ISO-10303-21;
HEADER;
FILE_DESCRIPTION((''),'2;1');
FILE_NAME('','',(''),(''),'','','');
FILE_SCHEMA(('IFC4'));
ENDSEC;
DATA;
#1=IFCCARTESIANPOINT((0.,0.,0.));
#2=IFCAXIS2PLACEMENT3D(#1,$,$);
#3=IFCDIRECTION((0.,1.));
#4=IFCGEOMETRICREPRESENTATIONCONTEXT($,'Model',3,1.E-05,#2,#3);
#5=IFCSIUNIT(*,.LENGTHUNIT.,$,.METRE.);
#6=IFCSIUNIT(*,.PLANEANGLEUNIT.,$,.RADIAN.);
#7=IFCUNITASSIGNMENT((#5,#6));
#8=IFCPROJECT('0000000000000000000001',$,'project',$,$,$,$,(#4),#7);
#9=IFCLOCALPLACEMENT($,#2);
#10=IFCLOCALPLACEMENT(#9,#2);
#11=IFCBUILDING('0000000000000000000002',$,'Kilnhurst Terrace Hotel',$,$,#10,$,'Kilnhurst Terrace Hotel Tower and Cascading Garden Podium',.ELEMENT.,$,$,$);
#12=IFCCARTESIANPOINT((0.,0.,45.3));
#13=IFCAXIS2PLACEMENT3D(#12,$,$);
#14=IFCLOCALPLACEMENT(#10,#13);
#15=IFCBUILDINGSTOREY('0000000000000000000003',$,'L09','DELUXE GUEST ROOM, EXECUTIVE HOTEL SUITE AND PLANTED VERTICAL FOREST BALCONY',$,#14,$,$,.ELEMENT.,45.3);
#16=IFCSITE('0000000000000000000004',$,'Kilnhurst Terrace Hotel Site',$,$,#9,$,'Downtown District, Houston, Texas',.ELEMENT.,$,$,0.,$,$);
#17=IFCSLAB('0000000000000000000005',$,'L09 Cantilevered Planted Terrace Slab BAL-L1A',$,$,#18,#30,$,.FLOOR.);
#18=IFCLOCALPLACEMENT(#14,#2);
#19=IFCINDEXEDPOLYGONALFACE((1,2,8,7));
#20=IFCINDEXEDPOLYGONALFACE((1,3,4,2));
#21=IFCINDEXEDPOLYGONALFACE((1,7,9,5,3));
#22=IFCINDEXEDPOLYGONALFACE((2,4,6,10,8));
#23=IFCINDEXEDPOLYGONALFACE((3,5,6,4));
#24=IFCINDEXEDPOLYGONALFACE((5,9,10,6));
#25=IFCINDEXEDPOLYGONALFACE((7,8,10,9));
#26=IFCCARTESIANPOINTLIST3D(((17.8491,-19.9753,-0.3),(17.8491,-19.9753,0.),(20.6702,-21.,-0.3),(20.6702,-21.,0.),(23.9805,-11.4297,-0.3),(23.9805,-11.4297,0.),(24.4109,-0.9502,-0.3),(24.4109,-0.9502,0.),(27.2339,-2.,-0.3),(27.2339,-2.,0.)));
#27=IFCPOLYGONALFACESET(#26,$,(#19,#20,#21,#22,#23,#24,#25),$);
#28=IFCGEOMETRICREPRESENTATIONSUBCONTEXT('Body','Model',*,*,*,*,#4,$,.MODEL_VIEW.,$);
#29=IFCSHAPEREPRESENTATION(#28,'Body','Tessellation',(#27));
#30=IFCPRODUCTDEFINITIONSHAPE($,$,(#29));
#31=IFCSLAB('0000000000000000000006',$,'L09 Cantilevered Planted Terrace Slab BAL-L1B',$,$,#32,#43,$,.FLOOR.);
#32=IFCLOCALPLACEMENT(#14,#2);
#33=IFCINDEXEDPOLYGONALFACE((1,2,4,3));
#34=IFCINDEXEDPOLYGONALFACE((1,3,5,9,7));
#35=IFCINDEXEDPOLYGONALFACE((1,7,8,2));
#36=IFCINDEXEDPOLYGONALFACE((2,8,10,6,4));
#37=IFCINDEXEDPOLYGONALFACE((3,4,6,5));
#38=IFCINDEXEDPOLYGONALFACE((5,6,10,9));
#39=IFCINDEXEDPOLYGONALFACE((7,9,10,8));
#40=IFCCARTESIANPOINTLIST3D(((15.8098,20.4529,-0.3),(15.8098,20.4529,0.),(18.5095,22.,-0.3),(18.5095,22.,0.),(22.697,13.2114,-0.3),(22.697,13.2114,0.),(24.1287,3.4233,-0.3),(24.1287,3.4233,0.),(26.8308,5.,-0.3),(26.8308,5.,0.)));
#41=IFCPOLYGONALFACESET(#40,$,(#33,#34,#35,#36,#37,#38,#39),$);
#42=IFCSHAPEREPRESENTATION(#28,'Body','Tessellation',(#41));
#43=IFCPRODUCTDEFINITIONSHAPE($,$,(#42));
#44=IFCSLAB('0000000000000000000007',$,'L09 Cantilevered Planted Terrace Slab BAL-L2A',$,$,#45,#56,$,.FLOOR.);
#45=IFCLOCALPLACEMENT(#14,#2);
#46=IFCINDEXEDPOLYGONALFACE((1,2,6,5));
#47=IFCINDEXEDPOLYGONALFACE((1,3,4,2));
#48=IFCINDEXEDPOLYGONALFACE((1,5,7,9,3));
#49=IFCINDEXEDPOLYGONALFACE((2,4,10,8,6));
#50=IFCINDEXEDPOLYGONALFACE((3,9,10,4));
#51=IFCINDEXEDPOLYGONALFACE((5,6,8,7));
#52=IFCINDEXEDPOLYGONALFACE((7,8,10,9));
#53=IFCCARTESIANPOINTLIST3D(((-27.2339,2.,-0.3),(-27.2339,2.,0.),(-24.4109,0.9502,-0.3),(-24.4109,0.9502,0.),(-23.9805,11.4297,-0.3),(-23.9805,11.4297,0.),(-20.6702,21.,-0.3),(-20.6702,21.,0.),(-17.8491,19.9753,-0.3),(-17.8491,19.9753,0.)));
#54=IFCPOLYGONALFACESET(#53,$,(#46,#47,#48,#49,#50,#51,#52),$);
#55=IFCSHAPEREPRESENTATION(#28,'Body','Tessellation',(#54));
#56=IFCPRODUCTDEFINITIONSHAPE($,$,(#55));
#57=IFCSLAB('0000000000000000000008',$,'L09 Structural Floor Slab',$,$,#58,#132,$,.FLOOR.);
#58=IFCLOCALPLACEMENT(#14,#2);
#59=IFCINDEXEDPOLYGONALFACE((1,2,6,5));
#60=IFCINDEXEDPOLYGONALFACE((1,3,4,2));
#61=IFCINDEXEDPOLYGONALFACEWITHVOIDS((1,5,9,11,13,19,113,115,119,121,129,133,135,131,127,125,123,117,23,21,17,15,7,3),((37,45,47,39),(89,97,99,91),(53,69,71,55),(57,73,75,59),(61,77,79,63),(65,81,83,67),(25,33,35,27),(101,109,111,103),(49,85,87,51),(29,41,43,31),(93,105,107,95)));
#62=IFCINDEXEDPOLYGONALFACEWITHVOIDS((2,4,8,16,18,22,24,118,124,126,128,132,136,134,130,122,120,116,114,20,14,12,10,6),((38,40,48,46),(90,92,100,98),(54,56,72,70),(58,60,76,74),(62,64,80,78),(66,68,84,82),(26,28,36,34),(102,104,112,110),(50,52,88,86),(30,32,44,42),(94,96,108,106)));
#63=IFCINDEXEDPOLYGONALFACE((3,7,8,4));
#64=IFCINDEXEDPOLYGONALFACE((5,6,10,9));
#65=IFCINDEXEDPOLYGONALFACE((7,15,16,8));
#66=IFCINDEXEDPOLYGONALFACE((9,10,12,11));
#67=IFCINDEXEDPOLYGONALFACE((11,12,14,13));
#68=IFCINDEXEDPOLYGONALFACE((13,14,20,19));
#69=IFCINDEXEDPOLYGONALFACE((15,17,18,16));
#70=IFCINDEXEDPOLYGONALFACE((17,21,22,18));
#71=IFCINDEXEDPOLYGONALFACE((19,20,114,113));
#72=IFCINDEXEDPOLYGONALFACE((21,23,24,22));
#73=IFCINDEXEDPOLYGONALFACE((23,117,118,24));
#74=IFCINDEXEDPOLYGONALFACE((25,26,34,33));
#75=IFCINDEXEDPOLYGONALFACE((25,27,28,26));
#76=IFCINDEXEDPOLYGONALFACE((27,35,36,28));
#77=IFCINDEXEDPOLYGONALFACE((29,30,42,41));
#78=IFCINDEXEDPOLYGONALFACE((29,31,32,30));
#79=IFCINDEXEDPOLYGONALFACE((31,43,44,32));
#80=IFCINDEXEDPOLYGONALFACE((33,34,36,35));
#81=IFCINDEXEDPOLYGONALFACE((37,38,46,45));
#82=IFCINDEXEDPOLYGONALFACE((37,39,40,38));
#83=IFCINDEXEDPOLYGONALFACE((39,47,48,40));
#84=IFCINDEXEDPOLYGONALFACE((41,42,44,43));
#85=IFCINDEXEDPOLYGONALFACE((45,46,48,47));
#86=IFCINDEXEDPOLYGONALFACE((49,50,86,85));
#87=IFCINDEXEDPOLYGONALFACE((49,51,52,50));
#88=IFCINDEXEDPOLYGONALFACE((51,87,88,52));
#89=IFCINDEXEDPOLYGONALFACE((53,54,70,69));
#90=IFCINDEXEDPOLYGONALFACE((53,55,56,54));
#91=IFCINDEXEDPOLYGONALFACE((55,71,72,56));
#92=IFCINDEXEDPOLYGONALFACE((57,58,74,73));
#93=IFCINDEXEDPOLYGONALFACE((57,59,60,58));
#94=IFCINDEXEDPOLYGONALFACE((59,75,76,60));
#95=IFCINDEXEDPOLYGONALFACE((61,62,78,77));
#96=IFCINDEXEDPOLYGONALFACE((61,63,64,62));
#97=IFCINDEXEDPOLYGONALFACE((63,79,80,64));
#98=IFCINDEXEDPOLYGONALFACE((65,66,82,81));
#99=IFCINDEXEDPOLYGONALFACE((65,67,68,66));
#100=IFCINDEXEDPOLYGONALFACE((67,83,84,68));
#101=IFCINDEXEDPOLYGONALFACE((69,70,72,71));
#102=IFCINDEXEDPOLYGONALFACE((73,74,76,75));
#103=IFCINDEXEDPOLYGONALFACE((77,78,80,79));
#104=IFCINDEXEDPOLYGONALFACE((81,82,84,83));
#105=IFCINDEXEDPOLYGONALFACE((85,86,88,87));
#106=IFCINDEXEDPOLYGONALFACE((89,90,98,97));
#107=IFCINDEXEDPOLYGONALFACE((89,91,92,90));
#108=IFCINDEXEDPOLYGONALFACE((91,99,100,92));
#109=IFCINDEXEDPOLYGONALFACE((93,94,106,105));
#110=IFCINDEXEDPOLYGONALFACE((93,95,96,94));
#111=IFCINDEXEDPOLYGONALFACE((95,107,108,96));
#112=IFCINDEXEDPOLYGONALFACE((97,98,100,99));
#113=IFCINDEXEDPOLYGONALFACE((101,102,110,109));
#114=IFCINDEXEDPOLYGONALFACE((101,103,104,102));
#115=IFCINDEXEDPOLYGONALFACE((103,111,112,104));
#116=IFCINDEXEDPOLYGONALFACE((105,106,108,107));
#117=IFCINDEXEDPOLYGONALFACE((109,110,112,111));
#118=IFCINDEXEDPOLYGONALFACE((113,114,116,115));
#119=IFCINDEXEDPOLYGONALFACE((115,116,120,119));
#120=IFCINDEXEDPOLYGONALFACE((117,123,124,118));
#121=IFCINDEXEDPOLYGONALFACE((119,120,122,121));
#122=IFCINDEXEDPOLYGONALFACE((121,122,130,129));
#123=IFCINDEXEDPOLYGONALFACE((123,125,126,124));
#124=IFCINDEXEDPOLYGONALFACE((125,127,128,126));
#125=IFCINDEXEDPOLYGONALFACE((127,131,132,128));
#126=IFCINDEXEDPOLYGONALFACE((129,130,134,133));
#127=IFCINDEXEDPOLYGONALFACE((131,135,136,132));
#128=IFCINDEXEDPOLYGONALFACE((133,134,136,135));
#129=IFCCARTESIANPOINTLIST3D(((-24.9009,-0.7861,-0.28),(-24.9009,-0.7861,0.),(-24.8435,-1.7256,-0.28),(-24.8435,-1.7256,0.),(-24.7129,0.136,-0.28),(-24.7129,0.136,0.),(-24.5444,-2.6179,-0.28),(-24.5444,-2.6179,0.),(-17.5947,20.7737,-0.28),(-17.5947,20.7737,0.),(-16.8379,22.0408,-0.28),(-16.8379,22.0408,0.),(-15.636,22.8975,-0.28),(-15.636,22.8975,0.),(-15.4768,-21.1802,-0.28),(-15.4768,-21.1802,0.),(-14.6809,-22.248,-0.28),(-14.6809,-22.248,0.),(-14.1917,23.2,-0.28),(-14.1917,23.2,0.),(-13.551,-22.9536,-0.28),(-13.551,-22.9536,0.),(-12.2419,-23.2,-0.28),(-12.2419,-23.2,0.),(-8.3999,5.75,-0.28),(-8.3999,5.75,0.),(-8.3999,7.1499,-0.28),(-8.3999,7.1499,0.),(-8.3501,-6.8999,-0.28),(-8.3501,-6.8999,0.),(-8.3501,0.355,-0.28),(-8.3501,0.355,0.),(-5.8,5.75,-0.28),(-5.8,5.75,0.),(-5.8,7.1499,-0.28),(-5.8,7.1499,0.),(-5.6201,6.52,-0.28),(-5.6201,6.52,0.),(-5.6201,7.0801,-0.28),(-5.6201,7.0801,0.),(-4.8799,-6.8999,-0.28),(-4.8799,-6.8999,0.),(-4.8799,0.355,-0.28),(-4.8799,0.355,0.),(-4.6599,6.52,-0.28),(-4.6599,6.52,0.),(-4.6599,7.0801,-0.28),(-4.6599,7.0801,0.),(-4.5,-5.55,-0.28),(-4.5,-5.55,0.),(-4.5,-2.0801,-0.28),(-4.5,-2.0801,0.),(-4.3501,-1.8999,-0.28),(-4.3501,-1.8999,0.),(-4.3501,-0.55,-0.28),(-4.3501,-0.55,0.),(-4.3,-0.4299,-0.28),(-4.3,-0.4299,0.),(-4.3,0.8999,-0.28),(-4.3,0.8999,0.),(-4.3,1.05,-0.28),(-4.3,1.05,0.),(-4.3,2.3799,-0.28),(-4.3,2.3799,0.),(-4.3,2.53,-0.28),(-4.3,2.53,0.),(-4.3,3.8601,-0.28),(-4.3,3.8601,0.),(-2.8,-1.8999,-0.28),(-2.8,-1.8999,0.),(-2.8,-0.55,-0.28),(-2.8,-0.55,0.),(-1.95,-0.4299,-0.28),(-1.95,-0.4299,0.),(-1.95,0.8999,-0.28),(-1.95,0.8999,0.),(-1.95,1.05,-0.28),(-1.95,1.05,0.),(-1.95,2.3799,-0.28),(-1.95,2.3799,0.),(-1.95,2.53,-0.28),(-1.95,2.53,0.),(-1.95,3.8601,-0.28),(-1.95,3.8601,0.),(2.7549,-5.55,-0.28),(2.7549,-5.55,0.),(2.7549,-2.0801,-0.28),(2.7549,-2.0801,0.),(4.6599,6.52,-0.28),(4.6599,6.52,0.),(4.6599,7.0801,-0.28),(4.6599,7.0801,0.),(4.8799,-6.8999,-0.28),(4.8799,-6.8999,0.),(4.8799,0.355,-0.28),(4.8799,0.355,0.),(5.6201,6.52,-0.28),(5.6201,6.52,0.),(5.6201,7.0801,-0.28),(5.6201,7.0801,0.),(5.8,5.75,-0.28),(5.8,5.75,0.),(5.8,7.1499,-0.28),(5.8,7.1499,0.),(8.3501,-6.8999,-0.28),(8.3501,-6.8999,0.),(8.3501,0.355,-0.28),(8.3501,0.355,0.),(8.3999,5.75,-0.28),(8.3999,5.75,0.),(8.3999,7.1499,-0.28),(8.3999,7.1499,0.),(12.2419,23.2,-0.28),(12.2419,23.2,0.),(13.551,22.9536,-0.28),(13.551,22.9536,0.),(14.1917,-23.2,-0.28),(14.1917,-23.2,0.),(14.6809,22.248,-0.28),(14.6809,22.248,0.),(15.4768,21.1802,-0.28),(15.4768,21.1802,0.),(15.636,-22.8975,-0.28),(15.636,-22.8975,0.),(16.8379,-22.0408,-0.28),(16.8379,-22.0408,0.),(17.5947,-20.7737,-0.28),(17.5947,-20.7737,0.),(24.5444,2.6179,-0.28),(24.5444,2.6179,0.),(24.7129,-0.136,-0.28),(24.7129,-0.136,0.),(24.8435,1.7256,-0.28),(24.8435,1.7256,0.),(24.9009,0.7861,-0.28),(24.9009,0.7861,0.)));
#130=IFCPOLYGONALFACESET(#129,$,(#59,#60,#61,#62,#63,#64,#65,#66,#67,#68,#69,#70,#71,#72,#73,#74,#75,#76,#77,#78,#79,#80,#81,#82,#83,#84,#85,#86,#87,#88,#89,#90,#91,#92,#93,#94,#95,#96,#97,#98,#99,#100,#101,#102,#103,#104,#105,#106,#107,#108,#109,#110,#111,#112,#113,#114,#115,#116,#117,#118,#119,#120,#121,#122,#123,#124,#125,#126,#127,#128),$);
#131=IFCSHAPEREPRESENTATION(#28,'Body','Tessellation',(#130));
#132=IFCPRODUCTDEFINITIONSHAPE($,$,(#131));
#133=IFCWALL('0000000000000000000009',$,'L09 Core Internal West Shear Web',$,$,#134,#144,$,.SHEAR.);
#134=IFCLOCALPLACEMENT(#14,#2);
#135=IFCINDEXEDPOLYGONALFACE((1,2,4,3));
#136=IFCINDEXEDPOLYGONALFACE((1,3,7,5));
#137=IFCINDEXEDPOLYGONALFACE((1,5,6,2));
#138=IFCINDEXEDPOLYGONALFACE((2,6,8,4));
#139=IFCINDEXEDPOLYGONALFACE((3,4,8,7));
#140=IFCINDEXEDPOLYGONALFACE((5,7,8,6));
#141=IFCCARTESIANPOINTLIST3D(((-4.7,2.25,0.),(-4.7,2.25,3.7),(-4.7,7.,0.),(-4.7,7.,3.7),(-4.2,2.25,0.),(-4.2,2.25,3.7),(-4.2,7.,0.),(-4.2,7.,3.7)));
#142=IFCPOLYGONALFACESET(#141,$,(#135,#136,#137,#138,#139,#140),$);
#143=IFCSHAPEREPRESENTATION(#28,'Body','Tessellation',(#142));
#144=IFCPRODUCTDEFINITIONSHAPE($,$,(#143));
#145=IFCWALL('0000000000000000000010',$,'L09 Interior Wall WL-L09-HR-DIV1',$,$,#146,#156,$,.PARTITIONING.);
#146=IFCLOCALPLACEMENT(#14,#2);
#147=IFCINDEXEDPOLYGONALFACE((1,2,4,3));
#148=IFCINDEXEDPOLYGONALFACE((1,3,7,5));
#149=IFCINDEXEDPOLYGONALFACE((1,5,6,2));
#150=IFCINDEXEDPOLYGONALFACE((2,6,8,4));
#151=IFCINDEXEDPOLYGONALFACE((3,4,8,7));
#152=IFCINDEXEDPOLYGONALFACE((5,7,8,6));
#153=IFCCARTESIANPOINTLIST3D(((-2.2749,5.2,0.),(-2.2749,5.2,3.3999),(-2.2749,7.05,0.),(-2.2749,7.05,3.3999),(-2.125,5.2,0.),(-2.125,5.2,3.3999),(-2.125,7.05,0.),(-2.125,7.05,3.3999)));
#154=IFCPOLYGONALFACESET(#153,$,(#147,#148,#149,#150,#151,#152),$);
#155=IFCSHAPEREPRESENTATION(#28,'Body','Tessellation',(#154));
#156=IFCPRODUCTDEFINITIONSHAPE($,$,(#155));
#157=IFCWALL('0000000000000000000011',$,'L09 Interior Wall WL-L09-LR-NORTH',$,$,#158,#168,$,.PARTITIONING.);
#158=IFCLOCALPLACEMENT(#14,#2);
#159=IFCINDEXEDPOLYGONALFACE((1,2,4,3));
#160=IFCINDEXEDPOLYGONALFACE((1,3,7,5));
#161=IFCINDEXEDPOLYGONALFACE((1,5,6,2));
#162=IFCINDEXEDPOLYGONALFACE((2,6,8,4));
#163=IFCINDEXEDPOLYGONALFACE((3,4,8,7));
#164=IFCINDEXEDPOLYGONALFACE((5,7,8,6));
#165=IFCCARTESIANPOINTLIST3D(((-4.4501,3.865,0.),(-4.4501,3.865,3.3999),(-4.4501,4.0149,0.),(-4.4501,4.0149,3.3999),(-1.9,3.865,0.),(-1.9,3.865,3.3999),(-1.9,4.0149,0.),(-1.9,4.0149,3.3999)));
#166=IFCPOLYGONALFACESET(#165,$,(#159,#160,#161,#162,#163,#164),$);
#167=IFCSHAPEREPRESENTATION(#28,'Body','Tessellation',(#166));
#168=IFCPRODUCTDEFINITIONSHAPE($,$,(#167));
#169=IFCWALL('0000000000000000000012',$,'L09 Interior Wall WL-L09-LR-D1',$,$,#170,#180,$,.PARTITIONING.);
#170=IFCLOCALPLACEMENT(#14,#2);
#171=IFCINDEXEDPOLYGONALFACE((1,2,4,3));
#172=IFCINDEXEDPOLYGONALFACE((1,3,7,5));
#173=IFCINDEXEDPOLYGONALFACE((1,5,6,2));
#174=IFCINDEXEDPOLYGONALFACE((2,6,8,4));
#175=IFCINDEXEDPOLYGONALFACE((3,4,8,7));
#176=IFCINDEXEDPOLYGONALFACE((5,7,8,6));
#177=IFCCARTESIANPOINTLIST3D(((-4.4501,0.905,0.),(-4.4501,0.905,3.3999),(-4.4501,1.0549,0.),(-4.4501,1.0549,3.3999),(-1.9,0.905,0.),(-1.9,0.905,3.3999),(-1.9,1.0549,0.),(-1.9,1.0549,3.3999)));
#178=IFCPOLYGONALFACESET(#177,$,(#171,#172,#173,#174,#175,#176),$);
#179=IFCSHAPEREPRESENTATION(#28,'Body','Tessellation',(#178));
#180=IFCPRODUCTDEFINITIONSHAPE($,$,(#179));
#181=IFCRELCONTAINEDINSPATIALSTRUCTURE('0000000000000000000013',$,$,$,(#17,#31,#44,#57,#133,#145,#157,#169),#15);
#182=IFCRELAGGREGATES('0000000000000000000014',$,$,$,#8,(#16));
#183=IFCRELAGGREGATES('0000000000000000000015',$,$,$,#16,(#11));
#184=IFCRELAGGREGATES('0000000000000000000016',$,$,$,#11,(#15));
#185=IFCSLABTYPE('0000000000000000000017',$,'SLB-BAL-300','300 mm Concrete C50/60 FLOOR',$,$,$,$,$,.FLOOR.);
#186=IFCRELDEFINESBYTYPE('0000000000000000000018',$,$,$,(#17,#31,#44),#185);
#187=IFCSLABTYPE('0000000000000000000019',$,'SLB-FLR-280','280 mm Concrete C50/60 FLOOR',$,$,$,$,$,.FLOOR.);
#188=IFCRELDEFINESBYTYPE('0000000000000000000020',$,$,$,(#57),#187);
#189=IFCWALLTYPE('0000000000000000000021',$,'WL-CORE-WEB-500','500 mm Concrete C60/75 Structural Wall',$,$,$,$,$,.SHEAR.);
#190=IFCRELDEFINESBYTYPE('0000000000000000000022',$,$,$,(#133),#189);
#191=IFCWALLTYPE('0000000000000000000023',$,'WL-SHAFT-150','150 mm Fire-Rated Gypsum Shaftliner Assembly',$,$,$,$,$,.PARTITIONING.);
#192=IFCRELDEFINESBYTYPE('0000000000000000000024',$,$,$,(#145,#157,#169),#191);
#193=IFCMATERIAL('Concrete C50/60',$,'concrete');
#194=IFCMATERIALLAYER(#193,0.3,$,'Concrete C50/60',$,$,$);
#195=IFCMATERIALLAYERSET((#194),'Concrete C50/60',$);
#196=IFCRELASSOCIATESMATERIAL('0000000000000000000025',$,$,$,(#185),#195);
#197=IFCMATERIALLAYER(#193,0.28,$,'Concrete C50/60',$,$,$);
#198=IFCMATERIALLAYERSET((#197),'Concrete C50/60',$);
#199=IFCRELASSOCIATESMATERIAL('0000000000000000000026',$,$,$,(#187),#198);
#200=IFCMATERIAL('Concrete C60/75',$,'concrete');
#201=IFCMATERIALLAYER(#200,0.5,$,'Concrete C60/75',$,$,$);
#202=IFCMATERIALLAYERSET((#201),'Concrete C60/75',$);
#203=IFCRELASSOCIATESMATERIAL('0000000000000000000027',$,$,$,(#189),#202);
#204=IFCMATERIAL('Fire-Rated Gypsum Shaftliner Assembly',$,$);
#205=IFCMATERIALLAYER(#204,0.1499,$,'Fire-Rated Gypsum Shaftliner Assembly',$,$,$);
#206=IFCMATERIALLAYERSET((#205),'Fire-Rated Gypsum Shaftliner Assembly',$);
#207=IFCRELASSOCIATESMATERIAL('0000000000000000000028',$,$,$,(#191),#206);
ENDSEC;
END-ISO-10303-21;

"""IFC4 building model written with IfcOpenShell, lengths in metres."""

from ifc_helpers import new_model, si_unit, direction, frame, frame_2d, origin, place, context, subcontext, project, spatial, polyline, rectangle, outline, extrude, material, layer, layer_set, type_object, element, save


model = new_model("IFC4")

# Units and contexts
model_context = context("Model", 3, precision=1e-05, world=origin(), true_north=direction((0.0, 1.0)))
body_context = subcontext(model_context, "Body", "Model", "MODEL_VIEW")
ifc_project = project(units=[si_unit("LENGTHUNIT", "METRE"), si_unit("PLANEANGLEUNIT", "RADIAN")], contexts=[model_context])

# Site, building, storey
site_placement = place(None, origin())
site = spatial("IfcSite", under=ifc_project, at=site_placement, Name="Kilnhurst Terrace Hotel Site", LongName="Downtown District, Houston, Texas", CompositionType="ELEMENT", RefElevation=0.0)
building_placement = place(site_placement, origin())
building = spatial("IfcBuilding", under=site, at=building_placement, Name="Kilnhurst Terrace Hotel", LongName="Kilnhurst Terrace Hotel Tower and Cascading Garden Podium", CompositionType="ELEMENT")
storey_placement = place(building_placement, frame((0.0, 0.0, 45.3)))
storey = spatial("IfcBuildingStorey", under=building, at=storey_placement, Name="L09", Description="DELUXE GUEST ROOM, EXECUTIVE HOTEL SUITE AND PLANTED VERTICAL FOREST BALCONY", CompositionType="ELEMENT", Elevation=45.3)

# Slabs
ifc_material_1 = material(Name="Concrete C50/60", Category="concrete")
ifc_layer_1 = layer(ifc_material_1, 0.3, Name="Concrete C50/60")
ifc_layer_set_1 = layer_set([ifc_layer_1], Name="Concrete C50/60")
slab_type_1 = type_object("IfcSlabType", Name="SLB-BAL-300", Description="300 mm Concrete C50/60 FLOOR", PredefinedType="FLOOR", material=ifc_layer_set_1)
slab_1_placement = place(storey_placement, frame((0.0, 0.0, -0.3)))
element("IfcSlab", 1, at=slab_1_placement, inside=storey, type_object=slab_type_1, Name="L09 Cantilevered Planted Terrace Slab BAL-L1A", PredefinedType="FLOOR", context=body_context, shape_type="SweptSolid", body=[
    extrude(outline(polyline([(23.9805, -11.4297), (20.6702, -21.0), (17.8491, -19.9753), (24.4109, -0.9502), (27.2339, -2.0), (23.9805, -11.4297)])), origin(), (0.0, 0.0, 1.0), 0.3),
])
slab_2_placement = place(storey_placement, frame((0.0, 0.0, -0.3)))
element("IfcSlab", 2, at=slab_2_placement, inside=storey, type_object=slab_type_1, Name="L09 Cantilevered Planted Terrace Slab BAL-L1B", PredefinedType="FLOOR", context=body_context, shape_type="SweptSolid", body=[
    extrude(outline(polyline([(26.8308, 5.0), (24.1287, 3.4233), (15.8098, 20.4529), (18.5095, 22.0), (22.697, 13.2114), (26.8308, 5.0)])), origin(), (0.0, 0.0, 1.0), 0.3),
])
slab_3_placement = place(storey_placement, frame((0.0, 0.0, -0.3)))
element("IfcSlab", 3, at=slab_3_placement, inside=storey, type_object=slab_type_1, Name="L09 Cantilevered Planted Terrace Slab BAL-L2A", PredefinedType="FLOOR", context=body_context, shape_type="SweptSolid", body=[
    extrude(outline(polyline([(-20.6702, 21.0), (-17.8491, 19.9753), (-24.4109, 0.9502), (-27.2339, 2.0), (-23.9805, 11.4297), (-20.6702, 21.0)])), origin(), (0.0, 0.0, 1.0), 0.3),
])
ifc_layer_2 = layer(ifc_material_1, 0.28, Name="Concrete C50/60")
ifc_layer_set_2 = layer_set([ifc_layer_2], Name="Concrete C50/60")
slab_type_2 = type_object("IfcSlabType", Name="SLB-FLR-280", Description="280 mm Concrete C50/60 FLOOR", PredefinedType="FLOOR", material=ifc_layer_set_2)
slab_4_placement = place(storey_placement, frame((0.0, 0.0, -0.28)))
element("IfcSlab", 4, at=slab_4_placement, inside=storey, type_object=slab_type_2, Name="L09 Structural Floor Slab", PredefinedType="FLOOR", context=body_context, shape_type="SweptSolid", body=[
    extrude(outline(polyline([(-15.4768, -21.1802), (-14.6809, -22.248), (-13.551, -22.9536), (-12.2419, -23.2), (14.1917, -23.2), (15.636, -22.8975), (16.8379, -22.0408), (17.5947, -20.7737), (24.7129, -0.136), (24.9009, 0.7861), (24.8435, 1.7256), (24.5444, 2.6179), (15.4768, 21.1802), (14.6809, 22.248), (13.551, 22.9536), (12.2419, 23.2), (-14.1917, 23.2), (-15.636, 22.8975), (-16.8379, 22.0408), (-17.5947, 20.7737), (-24.7129, 0.136), (-24.9009, -0.7861), (-24.8435, -1.7256), (-24.5444, -2.6179), (-15.4768, -21.1802)]), holes=[polyline([(-8.3501, 0.355), (-4.8799, 0.355), (-4.8799, -6.8999), (-8.3501, -6.8999), (-8.3501, 0.355)]), polyline([(-2.8, -1.8999), (-4.3501, -1.8999), (-4.3501, -0.55), (-2.8, -0.55), (-2.8, -1.8999)]), polyline([(-1.95, -0.4299), (-4.3, -0.4299), (-4.3, 0.8999), (-1.95, 0.8999), (-1.95, -0.4299)]), polyline([(-4.3, 1.05), (-4.3, 2.3799), (-1.95, 2.3799), (-1.95, 1.05), (-4.3, 1.05)]), polyline([(-8.3999, 5.75), (-8.3999, 7.1499), (-5.8, 7.1499), (-5.8, 5.75), (-8.3999, 5.75)]), polyline([(-4.6599, 6.52), (-5.6201, 6.52), (-5.6201, 7.0801), (-4.6599, 7.0801), (-4.6599, 6.52)]), polyline([(2.7549, -5.55), (-4.5, -5.55), (-4.5, -2.0801), (2.7549, -2.0801), (2.7549, -5.55)]), polyline([(8.3501, 0.355), (8.3501, -6.8999), (4.8799, -6.8999), (4.8799, 0.355), (8.3501, 0.355)]), polyline([(-1.95, 2.53), (-4.3, 2.53), (-4.3, 3.8601), (-1.95, 3.8601), (-1.95, 2.53)]), polyline([(5.8, 5.75), (5.8, 7.1499), (8.3999, 7.1499), (8.3999, 5.75), (5.8, 5.75)]), polyline([(4.6599, 6.52), (4.6599, 7.0801), (5.6201, 7.0801), (5.6201, 6.52), (4.6599, 6.52)])]), origin(), (0.0, 0.0, 1.0), 0.28),
])

# Walls
ifc_material_2 = material(Name="Concrete C60/75", Category="concrete")
ifc_layer_3 = layer(ifc_material_2, 0.5, Name="Concrete C60/75")
ifc_layer_set_3 = layer_set([ifc_layer_3], Name="Concrete C60/75")
wall_type_1 = type_object("IfcWallType", Name="WL-CORE-WEB-500", Description="500 mm Concrete C60/75 Structural Wall", PredefinedType="SHEAR", material=ifc_layer_set_3)
wall_1_placement = place(storey_placement, frame((-4.45, 2.25, 0.0), z_axis=(0.0, 0.0, 1.0), x_axis=(0.0, 1.0, 0.0)))
element("IfcWall", 5, at=wall_1_placement, inside=storey, type_object=wall_type_1, Name="L09 Core Internal West Shear Web", PredefinedType="SHEAR", context=body_context, shape_type="SweptSolid", body=[
    extrude(rectangle(XDim=4.75, YDim=0.5, at=frame_2d((2.375, 0.0))), origin(), (0.0, 0.0, 1.0), 3.7),
])
ifc_material_3 = material(Name="Fire-Rated Gypsum Shaftliner Assembly")
ifc_layer_4 = layer(ifc_material_3, 0.1499, Name="Fire-Rated Gypsum Shaftliner Assembly")
ifc_layer_set_4 = layer_set([ifc_layer_4], Name="Fire-Rated Gypsum Shaftliner Assembly")
wall_type_2 = type_object("IfcWallType", Name="WL-SHAFT-150", Description="150 mm Fire-Rated Gypsum Shaftliner Assembly", PredefinedType="PARTITIONING", material=ifc_layer_set_4)
wall_2_placement = place(storey_placement, frame((-2.2, 5.2, 0.0), z_axis=(0.0, 0.0, 1.0), x_axis=(0.0, 1.0, 0.0)))
element("IfcWall", 6, at=wall_2_placement, inside=storey, type_object=wall_type_2, Name="L09 Interior Wall WL-L09-HR-DIV1", PredefinedType="PARTITIONING", context=body_context, shape_type="SweptSolid", body=[
    extrude(rectangle(XDim=1.8501, YDim=0.1499, at=frame_2d((0.925, 0.0))), origin(), (0.0, 0.0, 1.0), 3.3999),
])
for number, where, z_axis, x_axis, name in (
    (7, (-4.45, 3.9399, 0.0), (0.0, 0.0, 1.0), (1.0, 0.0, 0.0), "L09 Interior Wall WL-L09-LR-NORTH"),
    (8, (-4.45, 0.98, 0.0), (0.0, 0.0, 1.0), (1.0, 0.0, 0.0), "L09 Interior Wall WL-L09-LR-D1"),
):
    element("IfcWall", number, at=place(storey_placement, frame(where, z_axis=z_axis, x_axis=x_axis)), inside=storey, type_object=wall_type_2, Name=name, PredefinedType="PARTITIONING", context=body_context, shape_type="SweptSolid", body=[
        extrude(rectangle(XDim=2.55, YDim=0.1499, at=frame_2d((1.2749, 0.0))), origin(), (0.0, 0.0, 1.0), 3.3999),
    ])

save(model, "model.ifc")
